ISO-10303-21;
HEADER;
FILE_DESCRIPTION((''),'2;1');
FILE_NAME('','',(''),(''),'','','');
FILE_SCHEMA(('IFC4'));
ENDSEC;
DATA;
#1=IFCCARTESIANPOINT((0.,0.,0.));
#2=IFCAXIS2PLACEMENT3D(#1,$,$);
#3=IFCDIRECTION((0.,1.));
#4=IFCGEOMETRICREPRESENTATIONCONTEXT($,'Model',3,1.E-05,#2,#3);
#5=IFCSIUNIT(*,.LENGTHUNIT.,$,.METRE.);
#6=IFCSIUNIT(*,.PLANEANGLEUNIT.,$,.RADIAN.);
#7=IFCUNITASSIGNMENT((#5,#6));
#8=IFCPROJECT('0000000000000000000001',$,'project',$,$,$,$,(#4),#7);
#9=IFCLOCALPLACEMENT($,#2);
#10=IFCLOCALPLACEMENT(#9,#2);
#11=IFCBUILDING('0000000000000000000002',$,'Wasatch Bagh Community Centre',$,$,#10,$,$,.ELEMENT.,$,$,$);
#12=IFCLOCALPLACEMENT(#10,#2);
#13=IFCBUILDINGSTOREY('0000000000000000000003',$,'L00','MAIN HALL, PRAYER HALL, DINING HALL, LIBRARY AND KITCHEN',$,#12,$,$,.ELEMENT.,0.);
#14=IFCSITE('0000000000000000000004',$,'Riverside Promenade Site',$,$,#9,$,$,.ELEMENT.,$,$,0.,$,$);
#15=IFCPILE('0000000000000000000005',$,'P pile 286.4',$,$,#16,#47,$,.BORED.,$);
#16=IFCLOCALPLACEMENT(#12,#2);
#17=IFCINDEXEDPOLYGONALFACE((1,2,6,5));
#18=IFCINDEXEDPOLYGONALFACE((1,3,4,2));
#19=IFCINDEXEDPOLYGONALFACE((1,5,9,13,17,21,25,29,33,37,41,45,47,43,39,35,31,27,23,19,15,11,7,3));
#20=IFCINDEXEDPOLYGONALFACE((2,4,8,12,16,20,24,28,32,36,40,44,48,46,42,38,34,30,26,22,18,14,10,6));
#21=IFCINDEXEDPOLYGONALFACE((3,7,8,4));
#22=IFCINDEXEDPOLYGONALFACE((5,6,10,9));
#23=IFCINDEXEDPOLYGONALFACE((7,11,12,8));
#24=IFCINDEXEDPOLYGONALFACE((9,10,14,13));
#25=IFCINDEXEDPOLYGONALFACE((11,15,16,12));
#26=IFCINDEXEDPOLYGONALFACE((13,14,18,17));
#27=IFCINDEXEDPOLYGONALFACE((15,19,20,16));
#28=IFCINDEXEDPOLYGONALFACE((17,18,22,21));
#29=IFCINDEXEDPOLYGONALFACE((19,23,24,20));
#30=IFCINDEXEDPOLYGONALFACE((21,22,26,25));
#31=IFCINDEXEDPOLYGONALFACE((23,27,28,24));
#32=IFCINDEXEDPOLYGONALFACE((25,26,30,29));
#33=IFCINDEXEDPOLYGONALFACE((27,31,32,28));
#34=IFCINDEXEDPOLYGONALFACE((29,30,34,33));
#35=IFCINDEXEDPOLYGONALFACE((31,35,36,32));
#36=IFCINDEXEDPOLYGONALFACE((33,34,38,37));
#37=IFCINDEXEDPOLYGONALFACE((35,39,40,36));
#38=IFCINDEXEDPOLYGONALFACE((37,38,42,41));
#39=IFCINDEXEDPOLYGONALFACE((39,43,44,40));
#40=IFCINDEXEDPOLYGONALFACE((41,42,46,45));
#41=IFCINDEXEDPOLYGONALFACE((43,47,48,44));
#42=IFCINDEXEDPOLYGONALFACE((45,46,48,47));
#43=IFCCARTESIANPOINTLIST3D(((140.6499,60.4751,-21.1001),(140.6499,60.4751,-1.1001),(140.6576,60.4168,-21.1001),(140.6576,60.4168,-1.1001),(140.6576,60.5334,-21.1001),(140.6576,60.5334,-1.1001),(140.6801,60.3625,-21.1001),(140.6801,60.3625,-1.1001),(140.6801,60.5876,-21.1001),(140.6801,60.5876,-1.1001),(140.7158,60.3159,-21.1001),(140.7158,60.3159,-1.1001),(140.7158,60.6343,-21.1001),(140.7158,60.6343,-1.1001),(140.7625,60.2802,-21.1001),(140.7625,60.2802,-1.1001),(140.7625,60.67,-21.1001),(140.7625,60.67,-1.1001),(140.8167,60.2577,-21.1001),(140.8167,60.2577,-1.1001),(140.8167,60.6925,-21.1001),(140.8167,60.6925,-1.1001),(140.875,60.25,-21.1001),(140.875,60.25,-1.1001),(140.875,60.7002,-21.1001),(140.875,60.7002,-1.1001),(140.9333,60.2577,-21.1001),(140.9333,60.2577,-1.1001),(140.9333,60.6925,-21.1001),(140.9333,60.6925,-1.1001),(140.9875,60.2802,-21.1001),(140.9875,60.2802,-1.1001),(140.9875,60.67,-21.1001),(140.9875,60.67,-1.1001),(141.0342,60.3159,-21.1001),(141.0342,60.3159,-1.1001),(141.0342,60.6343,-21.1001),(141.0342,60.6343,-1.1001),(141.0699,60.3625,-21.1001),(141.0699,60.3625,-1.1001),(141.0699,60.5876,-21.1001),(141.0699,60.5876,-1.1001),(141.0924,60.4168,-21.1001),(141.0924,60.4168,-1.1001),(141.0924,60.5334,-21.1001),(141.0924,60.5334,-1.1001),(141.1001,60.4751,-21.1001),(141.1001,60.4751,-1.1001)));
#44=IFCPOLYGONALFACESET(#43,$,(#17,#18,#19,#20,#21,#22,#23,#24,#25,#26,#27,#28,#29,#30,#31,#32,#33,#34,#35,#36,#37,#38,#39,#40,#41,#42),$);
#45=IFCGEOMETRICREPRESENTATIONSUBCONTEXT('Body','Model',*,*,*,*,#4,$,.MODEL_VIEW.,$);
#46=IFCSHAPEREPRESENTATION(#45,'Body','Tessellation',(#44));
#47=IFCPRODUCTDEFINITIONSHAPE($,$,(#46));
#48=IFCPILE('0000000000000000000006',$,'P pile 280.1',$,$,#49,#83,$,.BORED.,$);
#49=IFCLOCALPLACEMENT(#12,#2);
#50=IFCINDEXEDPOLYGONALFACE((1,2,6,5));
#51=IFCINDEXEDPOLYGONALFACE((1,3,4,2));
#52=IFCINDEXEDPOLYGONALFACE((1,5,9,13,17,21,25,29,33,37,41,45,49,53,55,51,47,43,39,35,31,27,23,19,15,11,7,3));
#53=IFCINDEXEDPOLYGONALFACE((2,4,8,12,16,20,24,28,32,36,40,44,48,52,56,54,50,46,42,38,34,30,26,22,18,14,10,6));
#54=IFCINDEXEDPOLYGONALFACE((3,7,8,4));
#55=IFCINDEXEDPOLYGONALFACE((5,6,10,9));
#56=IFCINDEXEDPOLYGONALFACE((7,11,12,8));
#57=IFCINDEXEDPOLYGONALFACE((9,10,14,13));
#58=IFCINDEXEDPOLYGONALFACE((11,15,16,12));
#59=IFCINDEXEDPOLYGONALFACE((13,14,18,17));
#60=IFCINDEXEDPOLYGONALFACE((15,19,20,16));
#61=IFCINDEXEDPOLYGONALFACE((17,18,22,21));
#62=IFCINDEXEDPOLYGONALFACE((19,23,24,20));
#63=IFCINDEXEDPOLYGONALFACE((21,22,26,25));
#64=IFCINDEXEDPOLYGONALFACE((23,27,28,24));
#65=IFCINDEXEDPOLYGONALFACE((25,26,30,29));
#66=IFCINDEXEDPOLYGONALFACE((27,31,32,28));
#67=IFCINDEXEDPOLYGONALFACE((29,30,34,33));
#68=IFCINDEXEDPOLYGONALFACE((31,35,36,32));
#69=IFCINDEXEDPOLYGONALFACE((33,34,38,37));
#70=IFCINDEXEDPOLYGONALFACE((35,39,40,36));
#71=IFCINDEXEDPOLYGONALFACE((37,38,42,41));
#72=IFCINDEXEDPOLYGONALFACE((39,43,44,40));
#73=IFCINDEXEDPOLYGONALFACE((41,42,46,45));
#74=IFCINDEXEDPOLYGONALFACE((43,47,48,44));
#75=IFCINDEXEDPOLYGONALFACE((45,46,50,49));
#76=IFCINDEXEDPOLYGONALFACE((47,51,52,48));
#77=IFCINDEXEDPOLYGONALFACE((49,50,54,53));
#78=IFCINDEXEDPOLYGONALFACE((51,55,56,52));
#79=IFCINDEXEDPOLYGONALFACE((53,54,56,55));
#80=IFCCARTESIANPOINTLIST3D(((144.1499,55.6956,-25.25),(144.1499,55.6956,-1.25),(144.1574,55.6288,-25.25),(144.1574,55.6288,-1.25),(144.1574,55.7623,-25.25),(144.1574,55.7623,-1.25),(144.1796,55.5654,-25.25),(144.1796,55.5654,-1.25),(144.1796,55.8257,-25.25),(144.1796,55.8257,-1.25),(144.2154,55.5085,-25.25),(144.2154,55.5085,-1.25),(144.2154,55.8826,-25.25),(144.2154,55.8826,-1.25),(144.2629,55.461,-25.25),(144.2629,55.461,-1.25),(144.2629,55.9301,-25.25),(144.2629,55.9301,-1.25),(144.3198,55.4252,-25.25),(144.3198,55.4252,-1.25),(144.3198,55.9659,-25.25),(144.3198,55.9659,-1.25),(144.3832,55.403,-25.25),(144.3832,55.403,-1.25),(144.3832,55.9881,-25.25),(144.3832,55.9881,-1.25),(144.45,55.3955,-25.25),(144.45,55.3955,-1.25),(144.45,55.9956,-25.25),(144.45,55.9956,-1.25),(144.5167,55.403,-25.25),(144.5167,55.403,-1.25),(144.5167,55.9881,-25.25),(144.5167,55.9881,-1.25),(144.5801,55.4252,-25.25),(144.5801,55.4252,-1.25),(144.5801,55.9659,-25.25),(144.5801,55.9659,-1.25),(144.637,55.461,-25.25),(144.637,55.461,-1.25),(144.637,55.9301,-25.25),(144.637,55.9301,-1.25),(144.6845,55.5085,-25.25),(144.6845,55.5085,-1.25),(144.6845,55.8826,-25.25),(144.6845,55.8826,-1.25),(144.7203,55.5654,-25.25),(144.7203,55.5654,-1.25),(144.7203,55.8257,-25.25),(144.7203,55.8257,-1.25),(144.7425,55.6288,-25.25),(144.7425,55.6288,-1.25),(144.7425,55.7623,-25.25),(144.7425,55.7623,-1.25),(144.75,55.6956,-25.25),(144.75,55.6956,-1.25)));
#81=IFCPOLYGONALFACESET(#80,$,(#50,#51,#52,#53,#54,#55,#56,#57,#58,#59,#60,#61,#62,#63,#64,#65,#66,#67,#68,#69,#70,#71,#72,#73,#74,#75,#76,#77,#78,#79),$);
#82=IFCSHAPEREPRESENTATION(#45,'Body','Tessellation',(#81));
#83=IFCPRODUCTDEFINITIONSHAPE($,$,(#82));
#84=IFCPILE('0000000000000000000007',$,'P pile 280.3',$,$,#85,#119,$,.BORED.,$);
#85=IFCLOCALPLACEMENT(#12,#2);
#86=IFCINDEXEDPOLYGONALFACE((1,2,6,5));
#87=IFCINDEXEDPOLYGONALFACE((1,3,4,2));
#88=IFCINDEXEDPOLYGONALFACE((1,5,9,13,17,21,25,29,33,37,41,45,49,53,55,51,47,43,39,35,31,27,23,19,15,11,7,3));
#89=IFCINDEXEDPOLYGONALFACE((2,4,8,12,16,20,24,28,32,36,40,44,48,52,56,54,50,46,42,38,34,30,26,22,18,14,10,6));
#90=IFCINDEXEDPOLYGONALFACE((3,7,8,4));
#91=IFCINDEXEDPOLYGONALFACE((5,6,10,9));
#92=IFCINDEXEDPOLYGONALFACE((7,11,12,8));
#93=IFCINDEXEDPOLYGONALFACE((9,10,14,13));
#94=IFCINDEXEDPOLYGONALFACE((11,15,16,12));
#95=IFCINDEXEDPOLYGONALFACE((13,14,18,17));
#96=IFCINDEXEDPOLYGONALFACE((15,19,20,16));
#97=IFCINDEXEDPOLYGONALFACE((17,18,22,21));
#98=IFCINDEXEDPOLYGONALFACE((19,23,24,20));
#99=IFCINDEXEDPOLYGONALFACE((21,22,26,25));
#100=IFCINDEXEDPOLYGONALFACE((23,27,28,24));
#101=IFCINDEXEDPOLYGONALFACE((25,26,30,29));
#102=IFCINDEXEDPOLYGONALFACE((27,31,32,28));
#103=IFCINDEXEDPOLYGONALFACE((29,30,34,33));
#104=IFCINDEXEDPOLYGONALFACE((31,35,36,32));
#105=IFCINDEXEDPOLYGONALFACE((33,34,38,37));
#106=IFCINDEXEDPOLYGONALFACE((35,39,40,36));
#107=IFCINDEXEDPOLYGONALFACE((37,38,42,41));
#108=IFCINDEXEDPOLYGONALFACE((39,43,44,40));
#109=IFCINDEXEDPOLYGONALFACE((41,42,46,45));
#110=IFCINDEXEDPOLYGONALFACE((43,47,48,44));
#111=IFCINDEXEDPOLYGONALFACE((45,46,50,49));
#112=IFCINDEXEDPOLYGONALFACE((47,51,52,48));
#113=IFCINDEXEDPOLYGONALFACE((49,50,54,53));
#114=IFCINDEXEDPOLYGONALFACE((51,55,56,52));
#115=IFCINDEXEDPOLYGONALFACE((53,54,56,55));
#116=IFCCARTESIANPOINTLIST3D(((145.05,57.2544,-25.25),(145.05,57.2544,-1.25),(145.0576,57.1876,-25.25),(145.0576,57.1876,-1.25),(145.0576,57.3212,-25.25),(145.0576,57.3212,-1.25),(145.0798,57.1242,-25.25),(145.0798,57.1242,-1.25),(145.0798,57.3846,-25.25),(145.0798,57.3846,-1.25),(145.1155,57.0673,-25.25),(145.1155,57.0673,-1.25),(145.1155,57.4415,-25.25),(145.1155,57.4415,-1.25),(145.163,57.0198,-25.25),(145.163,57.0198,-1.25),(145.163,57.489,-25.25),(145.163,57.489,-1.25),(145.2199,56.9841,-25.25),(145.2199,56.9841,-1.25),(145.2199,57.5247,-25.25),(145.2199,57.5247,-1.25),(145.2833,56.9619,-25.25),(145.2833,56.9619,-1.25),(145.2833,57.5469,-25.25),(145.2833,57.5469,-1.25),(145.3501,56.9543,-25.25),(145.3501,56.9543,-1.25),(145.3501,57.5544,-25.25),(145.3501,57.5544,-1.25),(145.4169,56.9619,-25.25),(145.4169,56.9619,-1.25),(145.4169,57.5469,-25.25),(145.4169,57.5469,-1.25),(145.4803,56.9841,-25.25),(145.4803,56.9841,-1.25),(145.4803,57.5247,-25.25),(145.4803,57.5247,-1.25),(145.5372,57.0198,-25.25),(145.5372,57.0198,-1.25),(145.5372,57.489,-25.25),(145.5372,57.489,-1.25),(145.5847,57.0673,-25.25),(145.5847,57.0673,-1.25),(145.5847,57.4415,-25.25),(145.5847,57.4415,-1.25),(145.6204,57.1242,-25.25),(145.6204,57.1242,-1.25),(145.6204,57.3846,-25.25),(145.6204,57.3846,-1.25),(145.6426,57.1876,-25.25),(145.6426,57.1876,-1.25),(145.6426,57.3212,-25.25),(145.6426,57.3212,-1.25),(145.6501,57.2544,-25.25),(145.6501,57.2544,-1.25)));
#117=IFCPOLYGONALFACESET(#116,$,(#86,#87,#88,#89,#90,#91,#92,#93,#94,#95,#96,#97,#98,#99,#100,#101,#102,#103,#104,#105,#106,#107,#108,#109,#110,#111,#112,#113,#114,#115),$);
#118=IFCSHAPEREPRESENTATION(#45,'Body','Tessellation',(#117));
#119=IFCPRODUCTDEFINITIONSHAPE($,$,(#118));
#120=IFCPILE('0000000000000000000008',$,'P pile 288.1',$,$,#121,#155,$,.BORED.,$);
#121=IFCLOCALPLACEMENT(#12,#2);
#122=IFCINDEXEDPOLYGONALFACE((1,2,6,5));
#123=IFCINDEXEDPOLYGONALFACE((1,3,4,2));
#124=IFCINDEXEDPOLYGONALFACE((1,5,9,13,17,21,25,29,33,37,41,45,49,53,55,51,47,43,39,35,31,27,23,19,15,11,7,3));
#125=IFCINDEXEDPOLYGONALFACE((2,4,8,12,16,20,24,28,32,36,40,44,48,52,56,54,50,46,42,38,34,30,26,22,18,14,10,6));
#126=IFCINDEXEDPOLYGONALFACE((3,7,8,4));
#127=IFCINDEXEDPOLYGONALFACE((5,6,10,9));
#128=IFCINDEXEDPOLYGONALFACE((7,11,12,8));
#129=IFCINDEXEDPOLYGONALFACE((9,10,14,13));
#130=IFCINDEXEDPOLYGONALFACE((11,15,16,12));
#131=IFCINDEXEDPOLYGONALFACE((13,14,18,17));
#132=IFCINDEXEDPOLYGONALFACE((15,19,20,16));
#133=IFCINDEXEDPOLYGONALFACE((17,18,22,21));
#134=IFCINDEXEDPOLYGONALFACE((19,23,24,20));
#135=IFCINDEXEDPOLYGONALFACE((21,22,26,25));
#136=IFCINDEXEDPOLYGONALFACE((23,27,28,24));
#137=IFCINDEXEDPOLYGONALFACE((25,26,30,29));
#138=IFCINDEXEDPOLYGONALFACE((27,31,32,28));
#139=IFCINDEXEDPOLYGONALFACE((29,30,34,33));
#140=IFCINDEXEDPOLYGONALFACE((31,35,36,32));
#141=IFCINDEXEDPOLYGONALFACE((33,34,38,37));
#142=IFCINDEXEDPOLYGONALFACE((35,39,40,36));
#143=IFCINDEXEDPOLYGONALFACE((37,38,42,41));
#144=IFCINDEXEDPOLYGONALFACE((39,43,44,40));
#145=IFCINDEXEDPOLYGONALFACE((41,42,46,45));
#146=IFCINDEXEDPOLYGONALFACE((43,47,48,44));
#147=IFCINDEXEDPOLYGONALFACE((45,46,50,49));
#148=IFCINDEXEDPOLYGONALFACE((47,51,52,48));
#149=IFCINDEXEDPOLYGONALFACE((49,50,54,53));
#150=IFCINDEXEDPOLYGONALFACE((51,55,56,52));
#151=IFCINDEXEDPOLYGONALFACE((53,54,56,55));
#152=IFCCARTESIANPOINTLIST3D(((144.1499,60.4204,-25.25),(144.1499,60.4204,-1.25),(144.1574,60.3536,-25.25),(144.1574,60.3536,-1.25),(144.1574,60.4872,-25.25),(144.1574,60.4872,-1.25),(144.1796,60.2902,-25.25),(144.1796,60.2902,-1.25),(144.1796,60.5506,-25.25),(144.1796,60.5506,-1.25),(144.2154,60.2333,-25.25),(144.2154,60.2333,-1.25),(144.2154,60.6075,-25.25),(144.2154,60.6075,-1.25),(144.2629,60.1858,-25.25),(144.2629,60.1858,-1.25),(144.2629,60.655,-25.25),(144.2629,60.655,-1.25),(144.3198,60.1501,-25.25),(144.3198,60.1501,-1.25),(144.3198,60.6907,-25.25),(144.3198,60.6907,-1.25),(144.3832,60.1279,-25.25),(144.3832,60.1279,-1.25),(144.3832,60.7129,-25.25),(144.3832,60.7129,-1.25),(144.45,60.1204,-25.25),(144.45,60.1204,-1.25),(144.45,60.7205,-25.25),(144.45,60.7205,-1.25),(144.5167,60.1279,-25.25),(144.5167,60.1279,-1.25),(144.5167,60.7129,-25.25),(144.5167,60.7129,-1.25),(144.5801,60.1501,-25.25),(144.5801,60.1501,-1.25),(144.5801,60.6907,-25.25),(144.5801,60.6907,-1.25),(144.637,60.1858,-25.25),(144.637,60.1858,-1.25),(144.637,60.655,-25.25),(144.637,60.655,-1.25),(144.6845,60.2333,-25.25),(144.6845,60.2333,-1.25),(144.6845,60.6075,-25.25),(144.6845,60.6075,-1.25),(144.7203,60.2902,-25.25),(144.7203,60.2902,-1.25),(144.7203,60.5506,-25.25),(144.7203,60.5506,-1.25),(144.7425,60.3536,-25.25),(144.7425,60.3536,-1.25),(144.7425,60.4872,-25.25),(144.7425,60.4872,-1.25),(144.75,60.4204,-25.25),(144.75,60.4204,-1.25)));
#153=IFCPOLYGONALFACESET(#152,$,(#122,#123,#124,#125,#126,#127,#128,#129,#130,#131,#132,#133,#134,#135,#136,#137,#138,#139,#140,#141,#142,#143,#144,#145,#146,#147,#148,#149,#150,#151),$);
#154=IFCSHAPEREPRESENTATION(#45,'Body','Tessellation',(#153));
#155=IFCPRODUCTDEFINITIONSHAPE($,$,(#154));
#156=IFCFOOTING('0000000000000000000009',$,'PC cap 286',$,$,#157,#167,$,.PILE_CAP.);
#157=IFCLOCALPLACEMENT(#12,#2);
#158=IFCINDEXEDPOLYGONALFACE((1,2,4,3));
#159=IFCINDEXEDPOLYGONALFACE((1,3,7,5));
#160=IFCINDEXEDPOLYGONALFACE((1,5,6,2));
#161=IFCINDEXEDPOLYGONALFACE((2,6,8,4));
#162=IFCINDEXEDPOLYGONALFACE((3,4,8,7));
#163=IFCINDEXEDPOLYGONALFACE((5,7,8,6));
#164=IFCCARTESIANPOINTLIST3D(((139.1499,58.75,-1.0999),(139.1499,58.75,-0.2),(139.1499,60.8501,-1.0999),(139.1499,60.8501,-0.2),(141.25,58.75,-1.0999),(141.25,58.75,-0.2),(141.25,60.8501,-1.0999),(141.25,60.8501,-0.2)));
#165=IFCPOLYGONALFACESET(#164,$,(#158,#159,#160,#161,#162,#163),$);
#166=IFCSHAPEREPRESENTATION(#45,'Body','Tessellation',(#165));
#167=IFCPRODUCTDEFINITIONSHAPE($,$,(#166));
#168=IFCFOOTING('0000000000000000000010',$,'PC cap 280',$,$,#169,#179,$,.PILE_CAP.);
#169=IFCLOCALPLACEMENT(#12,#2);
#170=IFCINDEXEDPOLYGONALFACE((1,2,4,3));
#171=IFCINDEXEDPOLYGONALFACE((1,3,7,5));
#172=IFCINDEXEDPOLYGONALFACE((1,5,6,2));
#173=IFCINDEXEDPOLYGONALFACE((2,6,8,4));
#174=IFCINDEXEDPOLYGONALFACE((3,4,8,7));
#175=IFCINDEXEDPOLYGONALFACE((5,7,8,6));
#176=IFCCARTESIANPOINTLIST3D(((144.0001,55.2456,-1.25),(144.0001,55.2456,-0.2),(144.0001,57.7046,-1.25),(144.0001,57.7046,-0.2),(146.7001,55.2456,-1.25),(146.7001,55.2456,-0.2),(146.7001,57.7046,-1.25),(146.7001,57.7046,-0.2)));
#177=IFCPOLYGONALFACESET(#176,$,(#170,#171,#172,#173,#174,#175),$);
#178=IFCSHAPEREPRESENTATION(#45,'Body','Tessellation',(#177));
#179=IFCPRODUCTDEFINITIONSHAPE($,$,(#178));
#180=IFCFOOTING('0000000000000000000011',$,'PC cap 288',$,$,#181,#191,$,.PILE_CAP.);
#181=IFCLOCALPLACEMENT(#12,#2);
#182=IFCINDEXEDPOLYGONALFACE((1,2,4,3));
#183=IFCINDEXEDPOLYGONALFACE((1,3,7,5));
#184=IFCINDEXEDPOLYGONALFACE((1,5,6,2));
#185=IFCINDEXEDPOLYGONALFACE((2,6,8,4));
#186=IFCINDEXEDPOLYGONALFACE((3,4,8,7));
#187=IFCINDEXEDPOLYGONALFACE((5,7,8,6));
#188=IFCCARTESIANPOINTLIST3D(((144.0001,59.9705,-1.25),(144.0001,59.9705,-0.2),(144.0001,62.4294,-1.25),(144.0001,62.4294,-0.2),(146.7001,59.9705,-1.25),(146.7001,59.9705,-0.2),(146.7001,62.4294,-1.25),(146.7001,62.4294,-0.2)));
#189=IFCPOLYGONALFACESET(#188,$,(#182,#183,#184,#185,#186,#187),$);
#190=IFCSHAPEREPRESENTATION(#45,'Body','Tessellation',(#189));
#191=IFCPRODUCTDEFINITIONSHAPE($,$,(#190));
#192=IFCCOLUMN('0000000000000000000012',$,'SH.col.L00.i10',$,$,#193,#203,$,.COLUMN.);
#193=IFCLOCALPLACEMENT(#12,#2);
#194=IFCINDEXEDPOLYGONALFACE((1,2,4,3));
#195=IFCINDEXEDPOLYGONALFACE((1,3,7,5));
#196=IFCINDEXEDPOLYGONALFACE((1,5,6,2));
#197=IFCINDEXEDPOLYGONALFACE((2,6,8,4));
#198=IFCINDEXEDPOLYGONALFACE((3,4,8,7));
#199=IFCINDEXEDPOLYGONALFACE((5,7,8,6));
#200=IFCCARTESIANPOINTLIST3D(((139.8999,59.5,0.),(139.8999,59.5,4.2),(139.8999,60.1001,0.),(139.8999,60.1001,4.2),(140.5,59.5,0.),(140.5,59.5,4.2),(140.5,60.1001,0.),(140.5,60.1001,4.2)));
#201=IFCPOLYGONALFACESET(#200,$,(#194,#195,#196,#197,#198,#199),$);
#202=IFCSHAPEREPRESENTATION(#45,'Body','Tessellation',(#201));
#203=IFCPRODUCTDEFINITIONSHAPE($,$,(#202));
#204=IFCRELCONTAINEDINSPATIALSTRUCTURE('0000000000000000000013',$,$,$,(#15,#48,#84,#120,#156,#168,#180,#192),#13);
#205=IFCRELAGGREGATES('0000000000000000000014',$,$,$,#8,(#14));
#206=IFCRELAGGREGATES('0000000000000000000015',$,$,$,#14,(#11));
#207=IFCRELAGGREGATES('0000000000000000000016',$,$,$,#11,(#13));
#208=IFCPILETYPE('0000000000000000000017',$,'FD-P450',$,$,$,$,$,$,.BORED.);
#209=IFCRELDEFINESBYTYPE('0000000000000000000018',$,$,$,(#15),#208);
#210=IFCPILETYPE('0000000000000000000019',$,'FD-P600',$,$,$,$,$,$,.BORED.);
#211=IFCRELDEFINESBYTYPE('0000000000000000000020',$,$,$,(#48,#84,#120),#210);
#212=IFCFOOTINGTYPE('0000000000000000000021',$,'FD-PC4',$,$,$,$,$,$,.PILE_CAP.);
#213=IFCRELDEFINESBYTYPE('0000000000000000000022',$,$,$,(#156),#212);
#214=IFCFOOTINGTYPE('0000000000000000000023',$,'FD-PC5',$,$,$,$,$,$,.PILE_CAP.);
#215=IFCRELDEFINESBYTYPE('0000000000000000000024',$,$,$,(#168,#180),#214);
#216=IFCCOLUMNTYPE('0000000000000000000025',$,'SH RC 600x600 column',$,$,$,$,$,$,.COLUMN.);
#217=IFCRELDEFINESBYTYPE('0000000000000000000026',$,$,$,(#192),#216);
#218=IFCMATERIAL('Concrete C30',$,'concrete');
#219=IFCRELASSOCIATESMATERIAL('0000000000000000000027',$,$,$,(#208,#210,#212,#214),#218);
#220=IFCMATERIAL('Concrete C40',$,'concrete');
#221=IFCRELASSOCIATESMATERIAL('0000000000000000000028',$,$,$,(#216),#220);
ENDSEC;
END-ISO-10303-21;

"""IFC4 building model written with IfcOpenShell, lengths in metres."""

from ifc_helpers import new_model, si_unit, direction, frame, origin, origin_2d, place, context, subcontext, project, spatial, rectangle, circle, extrude, material, material_profile, profile_set, type_object, element, save


model = new_model("IFC4")

# Units and contexts
model_context = context("Model", 3, precision=1e-05, world=origin(), true_north=direction((0.0, 1.0)))
body_context = subcontext(model_context, "Body", "Model", "MODEL_VIEW")
ifc_project = project(units=[si_unit("LENGTHUNIT", "METRE"), si_unit("PLANEANGLEUNIT", "RADIAN")], contexts=[model_context])

# Site, building, storey
site_placement = place(None, origin())
site = spatial("IfcSite", under=ifc_project, at=site_placement, Name="Riverside Promenade Site", CompositionType="ELEMENT", RefElevation=0.0)
building_placement = place(site_placement, origin())
building = spatial("IfcBuilding", under=site, at=building_placement, Name="Wasatch Bagh Community Centre", CompositionType="ELEMENT")
storey_placement = place(building_placement, origin())
storey = spatial("IfcBuildingStorey", under=building, at=storey_placement, Name="L00", Description="MAIN HALL, PRAYER HALL, DINING HALL, LIBRARY AND KITCHEN", CompositionType="ELEMENT", Elevation=0.0)

# Piles
ifc_material_1 = material(Name="Concrete C30", Category="concrete")
ifc_material_profile_1 = material_profile(ifc_material_1, circle(Radius=0.2251, at=origin_2d()), Name="RC D450")
ifc_profile_set_1 = profile_set([ifc_material_profile_1], Name="Concrete C30")
pile_type_1 = type_object("IfcPileType", Name="FD-P450", PredefinedType="BORED", material=ifc_profile_set_1)
for number, where, z_axis, x_axis, name in (
    (1, (140.875, 60.4751, -1.1001), (0.0, 0.0, -1.0), (1.0, 0.0, 0.0), "P pile 286.4"),
):
    element("IfcPile", number, at=place(storey_placement, frame(where, z_axis=z_axis, x_axis=x_axis)), inside=storey, type_object=pile_type_1, Name=name, PredefinedType="BORED", context=body_context, shape_type="SweptSolid", body=[
        extrude(circle(Radius=0.2251, at=origin_2d()), origin(), (0.0, 0.0, 1.0), 20.0),
    ])
ifc_material_profile_2 = material_profile(ifc_material_1, circle(Radius=0.3, at=origin_2d()), Name="RC D600")
ifc_profile_set_2 = profile_set([ifc_material_profile_2], Name="Concrete C30")
pile_type_2 = type_object("IfcPileType", Name="FD-P600", PredefinedType="BORED", material=ifc_profile_set_2)
for number, where, z_axis, x_axis, name in (
    (2, (144.45, 55.6956, -1.25), (0.0, 0.0, -1.0), (1.0, 0.0, 0.0), "P pile 280.1"),
    (3, (145.3501, 57.2544, -1.25), (0.0, 0.0, -1.0), (1.0, 0.0, 0.0), "P pile 280.3"),
    (4, (144.45, 60.4204, -1.25), (0.0, 0.0, -1.0), (1.0, 0.0, 0.0), "P pile 288.1"),
):
    element("IfcPile", number, at=place(storey_placement, frame(where, z_axis=z_axis, x_axis=x_axis)), inside=storey, type_object=pile_type_2, Name=name, PredefinedType="BORED", context=body_context, shape_type="SweptSolid", body=[
        extrude(circle(Radius=0.3, at=origin_2d()), origin(), (0.0, 0.0, 1.0), 24.0),
    ])

# Footings
footing_type_1 = type_object("IfcFootingType", Name="FD-PC4", PredefinedType="PILE_CAP", material=ifc_material_1)
footing_1_placement = place(storey_placement, frame((140.2, 59.8, -1.0999), z_axis=(0.0, 0.0, 1.0), x_axis=(1.0, 0.0, 0.0)))
element("IfcFooting", 5, at=footing_1_placement, inside=storey, type_object=footing_type_1, Name="PC cap 286", PredefinedType="PILE_CAP", context=body_context, shape_type="SweptSolid", body=[
    extrude(rectangle(XDim=2.1001, YDim=2.1001, at=origin_2d()), origin(), (0.0, 0.0, 1.0), 0.8999),
])
footing_type_2 = type_object("IfcFootingType", Name="FD-PC5", PredefinedType="PILE_CAP", material=ifc_material_1)
for number, where, z_axis, x_axis, name in (
    (6, (145.3501, 56.4751, -1.25), (0.0, 0.0, 1.0), (1.0, 0.0, 0.0), "PC cap 280"),
    (7, (145.3501, 61.2, -1.25), (0.0, 0.0, 1.0), (1.0, 0.0, 0.0), "PC cap 288"),
):
    element("IfcFooting", number, at=place(storey_placement, frame(where, z_axis=z_axis, x_axis=x_axis)), inside=storey, type_object=footing_type_2, Name=name, PredefinedType="PILE_CAP", context=body_context, shape_type="SweptSolid", body=[
        extrude(rectangle(XDim=2.7, YDim=2.459, at=origin_2d()), origin(), (0.0, 0.0, 1.0), 1.05),
    ])

# Column
ifc_material_2 = material(Name="Concrete C40", Category="concrete")
ifc_material_profile_3 = material_profile(ifc_material_2, rectangle(XDim=0.6001, YDim=0.6001, at=origin_2d()), Name="RC 600x600")
ifc_profile_set_3 = profile_set([ifc_material_profile_3], Name="Concrete C40")
column_type = type_object("IfcColumnType", Name="SH RC 600x600 column", PredefinedType="COLUMN", material=ifc_profile_set_3)
column_placement = place(storey_placement, frame((140.2, 59.8, 0.0), z_axis=(0.0, 0.0, 1.0), x_axis=(1.0, 0.0, 0.0)))
element("IfcColumn", 8, at=column_placement, inside=storey, type_object=column_type, Name="SH.col.L00.i10", PredefinedType="COLUMN", context=body_context, shape_type="SweptSolid", body=[
    extrude(rectangle(XDim=0.6001, YDim=0.6001, at=origin_2d()), origin(), (0.0, 0.0, 1.0), 4.2),
])

save(model, "model.ifc")
